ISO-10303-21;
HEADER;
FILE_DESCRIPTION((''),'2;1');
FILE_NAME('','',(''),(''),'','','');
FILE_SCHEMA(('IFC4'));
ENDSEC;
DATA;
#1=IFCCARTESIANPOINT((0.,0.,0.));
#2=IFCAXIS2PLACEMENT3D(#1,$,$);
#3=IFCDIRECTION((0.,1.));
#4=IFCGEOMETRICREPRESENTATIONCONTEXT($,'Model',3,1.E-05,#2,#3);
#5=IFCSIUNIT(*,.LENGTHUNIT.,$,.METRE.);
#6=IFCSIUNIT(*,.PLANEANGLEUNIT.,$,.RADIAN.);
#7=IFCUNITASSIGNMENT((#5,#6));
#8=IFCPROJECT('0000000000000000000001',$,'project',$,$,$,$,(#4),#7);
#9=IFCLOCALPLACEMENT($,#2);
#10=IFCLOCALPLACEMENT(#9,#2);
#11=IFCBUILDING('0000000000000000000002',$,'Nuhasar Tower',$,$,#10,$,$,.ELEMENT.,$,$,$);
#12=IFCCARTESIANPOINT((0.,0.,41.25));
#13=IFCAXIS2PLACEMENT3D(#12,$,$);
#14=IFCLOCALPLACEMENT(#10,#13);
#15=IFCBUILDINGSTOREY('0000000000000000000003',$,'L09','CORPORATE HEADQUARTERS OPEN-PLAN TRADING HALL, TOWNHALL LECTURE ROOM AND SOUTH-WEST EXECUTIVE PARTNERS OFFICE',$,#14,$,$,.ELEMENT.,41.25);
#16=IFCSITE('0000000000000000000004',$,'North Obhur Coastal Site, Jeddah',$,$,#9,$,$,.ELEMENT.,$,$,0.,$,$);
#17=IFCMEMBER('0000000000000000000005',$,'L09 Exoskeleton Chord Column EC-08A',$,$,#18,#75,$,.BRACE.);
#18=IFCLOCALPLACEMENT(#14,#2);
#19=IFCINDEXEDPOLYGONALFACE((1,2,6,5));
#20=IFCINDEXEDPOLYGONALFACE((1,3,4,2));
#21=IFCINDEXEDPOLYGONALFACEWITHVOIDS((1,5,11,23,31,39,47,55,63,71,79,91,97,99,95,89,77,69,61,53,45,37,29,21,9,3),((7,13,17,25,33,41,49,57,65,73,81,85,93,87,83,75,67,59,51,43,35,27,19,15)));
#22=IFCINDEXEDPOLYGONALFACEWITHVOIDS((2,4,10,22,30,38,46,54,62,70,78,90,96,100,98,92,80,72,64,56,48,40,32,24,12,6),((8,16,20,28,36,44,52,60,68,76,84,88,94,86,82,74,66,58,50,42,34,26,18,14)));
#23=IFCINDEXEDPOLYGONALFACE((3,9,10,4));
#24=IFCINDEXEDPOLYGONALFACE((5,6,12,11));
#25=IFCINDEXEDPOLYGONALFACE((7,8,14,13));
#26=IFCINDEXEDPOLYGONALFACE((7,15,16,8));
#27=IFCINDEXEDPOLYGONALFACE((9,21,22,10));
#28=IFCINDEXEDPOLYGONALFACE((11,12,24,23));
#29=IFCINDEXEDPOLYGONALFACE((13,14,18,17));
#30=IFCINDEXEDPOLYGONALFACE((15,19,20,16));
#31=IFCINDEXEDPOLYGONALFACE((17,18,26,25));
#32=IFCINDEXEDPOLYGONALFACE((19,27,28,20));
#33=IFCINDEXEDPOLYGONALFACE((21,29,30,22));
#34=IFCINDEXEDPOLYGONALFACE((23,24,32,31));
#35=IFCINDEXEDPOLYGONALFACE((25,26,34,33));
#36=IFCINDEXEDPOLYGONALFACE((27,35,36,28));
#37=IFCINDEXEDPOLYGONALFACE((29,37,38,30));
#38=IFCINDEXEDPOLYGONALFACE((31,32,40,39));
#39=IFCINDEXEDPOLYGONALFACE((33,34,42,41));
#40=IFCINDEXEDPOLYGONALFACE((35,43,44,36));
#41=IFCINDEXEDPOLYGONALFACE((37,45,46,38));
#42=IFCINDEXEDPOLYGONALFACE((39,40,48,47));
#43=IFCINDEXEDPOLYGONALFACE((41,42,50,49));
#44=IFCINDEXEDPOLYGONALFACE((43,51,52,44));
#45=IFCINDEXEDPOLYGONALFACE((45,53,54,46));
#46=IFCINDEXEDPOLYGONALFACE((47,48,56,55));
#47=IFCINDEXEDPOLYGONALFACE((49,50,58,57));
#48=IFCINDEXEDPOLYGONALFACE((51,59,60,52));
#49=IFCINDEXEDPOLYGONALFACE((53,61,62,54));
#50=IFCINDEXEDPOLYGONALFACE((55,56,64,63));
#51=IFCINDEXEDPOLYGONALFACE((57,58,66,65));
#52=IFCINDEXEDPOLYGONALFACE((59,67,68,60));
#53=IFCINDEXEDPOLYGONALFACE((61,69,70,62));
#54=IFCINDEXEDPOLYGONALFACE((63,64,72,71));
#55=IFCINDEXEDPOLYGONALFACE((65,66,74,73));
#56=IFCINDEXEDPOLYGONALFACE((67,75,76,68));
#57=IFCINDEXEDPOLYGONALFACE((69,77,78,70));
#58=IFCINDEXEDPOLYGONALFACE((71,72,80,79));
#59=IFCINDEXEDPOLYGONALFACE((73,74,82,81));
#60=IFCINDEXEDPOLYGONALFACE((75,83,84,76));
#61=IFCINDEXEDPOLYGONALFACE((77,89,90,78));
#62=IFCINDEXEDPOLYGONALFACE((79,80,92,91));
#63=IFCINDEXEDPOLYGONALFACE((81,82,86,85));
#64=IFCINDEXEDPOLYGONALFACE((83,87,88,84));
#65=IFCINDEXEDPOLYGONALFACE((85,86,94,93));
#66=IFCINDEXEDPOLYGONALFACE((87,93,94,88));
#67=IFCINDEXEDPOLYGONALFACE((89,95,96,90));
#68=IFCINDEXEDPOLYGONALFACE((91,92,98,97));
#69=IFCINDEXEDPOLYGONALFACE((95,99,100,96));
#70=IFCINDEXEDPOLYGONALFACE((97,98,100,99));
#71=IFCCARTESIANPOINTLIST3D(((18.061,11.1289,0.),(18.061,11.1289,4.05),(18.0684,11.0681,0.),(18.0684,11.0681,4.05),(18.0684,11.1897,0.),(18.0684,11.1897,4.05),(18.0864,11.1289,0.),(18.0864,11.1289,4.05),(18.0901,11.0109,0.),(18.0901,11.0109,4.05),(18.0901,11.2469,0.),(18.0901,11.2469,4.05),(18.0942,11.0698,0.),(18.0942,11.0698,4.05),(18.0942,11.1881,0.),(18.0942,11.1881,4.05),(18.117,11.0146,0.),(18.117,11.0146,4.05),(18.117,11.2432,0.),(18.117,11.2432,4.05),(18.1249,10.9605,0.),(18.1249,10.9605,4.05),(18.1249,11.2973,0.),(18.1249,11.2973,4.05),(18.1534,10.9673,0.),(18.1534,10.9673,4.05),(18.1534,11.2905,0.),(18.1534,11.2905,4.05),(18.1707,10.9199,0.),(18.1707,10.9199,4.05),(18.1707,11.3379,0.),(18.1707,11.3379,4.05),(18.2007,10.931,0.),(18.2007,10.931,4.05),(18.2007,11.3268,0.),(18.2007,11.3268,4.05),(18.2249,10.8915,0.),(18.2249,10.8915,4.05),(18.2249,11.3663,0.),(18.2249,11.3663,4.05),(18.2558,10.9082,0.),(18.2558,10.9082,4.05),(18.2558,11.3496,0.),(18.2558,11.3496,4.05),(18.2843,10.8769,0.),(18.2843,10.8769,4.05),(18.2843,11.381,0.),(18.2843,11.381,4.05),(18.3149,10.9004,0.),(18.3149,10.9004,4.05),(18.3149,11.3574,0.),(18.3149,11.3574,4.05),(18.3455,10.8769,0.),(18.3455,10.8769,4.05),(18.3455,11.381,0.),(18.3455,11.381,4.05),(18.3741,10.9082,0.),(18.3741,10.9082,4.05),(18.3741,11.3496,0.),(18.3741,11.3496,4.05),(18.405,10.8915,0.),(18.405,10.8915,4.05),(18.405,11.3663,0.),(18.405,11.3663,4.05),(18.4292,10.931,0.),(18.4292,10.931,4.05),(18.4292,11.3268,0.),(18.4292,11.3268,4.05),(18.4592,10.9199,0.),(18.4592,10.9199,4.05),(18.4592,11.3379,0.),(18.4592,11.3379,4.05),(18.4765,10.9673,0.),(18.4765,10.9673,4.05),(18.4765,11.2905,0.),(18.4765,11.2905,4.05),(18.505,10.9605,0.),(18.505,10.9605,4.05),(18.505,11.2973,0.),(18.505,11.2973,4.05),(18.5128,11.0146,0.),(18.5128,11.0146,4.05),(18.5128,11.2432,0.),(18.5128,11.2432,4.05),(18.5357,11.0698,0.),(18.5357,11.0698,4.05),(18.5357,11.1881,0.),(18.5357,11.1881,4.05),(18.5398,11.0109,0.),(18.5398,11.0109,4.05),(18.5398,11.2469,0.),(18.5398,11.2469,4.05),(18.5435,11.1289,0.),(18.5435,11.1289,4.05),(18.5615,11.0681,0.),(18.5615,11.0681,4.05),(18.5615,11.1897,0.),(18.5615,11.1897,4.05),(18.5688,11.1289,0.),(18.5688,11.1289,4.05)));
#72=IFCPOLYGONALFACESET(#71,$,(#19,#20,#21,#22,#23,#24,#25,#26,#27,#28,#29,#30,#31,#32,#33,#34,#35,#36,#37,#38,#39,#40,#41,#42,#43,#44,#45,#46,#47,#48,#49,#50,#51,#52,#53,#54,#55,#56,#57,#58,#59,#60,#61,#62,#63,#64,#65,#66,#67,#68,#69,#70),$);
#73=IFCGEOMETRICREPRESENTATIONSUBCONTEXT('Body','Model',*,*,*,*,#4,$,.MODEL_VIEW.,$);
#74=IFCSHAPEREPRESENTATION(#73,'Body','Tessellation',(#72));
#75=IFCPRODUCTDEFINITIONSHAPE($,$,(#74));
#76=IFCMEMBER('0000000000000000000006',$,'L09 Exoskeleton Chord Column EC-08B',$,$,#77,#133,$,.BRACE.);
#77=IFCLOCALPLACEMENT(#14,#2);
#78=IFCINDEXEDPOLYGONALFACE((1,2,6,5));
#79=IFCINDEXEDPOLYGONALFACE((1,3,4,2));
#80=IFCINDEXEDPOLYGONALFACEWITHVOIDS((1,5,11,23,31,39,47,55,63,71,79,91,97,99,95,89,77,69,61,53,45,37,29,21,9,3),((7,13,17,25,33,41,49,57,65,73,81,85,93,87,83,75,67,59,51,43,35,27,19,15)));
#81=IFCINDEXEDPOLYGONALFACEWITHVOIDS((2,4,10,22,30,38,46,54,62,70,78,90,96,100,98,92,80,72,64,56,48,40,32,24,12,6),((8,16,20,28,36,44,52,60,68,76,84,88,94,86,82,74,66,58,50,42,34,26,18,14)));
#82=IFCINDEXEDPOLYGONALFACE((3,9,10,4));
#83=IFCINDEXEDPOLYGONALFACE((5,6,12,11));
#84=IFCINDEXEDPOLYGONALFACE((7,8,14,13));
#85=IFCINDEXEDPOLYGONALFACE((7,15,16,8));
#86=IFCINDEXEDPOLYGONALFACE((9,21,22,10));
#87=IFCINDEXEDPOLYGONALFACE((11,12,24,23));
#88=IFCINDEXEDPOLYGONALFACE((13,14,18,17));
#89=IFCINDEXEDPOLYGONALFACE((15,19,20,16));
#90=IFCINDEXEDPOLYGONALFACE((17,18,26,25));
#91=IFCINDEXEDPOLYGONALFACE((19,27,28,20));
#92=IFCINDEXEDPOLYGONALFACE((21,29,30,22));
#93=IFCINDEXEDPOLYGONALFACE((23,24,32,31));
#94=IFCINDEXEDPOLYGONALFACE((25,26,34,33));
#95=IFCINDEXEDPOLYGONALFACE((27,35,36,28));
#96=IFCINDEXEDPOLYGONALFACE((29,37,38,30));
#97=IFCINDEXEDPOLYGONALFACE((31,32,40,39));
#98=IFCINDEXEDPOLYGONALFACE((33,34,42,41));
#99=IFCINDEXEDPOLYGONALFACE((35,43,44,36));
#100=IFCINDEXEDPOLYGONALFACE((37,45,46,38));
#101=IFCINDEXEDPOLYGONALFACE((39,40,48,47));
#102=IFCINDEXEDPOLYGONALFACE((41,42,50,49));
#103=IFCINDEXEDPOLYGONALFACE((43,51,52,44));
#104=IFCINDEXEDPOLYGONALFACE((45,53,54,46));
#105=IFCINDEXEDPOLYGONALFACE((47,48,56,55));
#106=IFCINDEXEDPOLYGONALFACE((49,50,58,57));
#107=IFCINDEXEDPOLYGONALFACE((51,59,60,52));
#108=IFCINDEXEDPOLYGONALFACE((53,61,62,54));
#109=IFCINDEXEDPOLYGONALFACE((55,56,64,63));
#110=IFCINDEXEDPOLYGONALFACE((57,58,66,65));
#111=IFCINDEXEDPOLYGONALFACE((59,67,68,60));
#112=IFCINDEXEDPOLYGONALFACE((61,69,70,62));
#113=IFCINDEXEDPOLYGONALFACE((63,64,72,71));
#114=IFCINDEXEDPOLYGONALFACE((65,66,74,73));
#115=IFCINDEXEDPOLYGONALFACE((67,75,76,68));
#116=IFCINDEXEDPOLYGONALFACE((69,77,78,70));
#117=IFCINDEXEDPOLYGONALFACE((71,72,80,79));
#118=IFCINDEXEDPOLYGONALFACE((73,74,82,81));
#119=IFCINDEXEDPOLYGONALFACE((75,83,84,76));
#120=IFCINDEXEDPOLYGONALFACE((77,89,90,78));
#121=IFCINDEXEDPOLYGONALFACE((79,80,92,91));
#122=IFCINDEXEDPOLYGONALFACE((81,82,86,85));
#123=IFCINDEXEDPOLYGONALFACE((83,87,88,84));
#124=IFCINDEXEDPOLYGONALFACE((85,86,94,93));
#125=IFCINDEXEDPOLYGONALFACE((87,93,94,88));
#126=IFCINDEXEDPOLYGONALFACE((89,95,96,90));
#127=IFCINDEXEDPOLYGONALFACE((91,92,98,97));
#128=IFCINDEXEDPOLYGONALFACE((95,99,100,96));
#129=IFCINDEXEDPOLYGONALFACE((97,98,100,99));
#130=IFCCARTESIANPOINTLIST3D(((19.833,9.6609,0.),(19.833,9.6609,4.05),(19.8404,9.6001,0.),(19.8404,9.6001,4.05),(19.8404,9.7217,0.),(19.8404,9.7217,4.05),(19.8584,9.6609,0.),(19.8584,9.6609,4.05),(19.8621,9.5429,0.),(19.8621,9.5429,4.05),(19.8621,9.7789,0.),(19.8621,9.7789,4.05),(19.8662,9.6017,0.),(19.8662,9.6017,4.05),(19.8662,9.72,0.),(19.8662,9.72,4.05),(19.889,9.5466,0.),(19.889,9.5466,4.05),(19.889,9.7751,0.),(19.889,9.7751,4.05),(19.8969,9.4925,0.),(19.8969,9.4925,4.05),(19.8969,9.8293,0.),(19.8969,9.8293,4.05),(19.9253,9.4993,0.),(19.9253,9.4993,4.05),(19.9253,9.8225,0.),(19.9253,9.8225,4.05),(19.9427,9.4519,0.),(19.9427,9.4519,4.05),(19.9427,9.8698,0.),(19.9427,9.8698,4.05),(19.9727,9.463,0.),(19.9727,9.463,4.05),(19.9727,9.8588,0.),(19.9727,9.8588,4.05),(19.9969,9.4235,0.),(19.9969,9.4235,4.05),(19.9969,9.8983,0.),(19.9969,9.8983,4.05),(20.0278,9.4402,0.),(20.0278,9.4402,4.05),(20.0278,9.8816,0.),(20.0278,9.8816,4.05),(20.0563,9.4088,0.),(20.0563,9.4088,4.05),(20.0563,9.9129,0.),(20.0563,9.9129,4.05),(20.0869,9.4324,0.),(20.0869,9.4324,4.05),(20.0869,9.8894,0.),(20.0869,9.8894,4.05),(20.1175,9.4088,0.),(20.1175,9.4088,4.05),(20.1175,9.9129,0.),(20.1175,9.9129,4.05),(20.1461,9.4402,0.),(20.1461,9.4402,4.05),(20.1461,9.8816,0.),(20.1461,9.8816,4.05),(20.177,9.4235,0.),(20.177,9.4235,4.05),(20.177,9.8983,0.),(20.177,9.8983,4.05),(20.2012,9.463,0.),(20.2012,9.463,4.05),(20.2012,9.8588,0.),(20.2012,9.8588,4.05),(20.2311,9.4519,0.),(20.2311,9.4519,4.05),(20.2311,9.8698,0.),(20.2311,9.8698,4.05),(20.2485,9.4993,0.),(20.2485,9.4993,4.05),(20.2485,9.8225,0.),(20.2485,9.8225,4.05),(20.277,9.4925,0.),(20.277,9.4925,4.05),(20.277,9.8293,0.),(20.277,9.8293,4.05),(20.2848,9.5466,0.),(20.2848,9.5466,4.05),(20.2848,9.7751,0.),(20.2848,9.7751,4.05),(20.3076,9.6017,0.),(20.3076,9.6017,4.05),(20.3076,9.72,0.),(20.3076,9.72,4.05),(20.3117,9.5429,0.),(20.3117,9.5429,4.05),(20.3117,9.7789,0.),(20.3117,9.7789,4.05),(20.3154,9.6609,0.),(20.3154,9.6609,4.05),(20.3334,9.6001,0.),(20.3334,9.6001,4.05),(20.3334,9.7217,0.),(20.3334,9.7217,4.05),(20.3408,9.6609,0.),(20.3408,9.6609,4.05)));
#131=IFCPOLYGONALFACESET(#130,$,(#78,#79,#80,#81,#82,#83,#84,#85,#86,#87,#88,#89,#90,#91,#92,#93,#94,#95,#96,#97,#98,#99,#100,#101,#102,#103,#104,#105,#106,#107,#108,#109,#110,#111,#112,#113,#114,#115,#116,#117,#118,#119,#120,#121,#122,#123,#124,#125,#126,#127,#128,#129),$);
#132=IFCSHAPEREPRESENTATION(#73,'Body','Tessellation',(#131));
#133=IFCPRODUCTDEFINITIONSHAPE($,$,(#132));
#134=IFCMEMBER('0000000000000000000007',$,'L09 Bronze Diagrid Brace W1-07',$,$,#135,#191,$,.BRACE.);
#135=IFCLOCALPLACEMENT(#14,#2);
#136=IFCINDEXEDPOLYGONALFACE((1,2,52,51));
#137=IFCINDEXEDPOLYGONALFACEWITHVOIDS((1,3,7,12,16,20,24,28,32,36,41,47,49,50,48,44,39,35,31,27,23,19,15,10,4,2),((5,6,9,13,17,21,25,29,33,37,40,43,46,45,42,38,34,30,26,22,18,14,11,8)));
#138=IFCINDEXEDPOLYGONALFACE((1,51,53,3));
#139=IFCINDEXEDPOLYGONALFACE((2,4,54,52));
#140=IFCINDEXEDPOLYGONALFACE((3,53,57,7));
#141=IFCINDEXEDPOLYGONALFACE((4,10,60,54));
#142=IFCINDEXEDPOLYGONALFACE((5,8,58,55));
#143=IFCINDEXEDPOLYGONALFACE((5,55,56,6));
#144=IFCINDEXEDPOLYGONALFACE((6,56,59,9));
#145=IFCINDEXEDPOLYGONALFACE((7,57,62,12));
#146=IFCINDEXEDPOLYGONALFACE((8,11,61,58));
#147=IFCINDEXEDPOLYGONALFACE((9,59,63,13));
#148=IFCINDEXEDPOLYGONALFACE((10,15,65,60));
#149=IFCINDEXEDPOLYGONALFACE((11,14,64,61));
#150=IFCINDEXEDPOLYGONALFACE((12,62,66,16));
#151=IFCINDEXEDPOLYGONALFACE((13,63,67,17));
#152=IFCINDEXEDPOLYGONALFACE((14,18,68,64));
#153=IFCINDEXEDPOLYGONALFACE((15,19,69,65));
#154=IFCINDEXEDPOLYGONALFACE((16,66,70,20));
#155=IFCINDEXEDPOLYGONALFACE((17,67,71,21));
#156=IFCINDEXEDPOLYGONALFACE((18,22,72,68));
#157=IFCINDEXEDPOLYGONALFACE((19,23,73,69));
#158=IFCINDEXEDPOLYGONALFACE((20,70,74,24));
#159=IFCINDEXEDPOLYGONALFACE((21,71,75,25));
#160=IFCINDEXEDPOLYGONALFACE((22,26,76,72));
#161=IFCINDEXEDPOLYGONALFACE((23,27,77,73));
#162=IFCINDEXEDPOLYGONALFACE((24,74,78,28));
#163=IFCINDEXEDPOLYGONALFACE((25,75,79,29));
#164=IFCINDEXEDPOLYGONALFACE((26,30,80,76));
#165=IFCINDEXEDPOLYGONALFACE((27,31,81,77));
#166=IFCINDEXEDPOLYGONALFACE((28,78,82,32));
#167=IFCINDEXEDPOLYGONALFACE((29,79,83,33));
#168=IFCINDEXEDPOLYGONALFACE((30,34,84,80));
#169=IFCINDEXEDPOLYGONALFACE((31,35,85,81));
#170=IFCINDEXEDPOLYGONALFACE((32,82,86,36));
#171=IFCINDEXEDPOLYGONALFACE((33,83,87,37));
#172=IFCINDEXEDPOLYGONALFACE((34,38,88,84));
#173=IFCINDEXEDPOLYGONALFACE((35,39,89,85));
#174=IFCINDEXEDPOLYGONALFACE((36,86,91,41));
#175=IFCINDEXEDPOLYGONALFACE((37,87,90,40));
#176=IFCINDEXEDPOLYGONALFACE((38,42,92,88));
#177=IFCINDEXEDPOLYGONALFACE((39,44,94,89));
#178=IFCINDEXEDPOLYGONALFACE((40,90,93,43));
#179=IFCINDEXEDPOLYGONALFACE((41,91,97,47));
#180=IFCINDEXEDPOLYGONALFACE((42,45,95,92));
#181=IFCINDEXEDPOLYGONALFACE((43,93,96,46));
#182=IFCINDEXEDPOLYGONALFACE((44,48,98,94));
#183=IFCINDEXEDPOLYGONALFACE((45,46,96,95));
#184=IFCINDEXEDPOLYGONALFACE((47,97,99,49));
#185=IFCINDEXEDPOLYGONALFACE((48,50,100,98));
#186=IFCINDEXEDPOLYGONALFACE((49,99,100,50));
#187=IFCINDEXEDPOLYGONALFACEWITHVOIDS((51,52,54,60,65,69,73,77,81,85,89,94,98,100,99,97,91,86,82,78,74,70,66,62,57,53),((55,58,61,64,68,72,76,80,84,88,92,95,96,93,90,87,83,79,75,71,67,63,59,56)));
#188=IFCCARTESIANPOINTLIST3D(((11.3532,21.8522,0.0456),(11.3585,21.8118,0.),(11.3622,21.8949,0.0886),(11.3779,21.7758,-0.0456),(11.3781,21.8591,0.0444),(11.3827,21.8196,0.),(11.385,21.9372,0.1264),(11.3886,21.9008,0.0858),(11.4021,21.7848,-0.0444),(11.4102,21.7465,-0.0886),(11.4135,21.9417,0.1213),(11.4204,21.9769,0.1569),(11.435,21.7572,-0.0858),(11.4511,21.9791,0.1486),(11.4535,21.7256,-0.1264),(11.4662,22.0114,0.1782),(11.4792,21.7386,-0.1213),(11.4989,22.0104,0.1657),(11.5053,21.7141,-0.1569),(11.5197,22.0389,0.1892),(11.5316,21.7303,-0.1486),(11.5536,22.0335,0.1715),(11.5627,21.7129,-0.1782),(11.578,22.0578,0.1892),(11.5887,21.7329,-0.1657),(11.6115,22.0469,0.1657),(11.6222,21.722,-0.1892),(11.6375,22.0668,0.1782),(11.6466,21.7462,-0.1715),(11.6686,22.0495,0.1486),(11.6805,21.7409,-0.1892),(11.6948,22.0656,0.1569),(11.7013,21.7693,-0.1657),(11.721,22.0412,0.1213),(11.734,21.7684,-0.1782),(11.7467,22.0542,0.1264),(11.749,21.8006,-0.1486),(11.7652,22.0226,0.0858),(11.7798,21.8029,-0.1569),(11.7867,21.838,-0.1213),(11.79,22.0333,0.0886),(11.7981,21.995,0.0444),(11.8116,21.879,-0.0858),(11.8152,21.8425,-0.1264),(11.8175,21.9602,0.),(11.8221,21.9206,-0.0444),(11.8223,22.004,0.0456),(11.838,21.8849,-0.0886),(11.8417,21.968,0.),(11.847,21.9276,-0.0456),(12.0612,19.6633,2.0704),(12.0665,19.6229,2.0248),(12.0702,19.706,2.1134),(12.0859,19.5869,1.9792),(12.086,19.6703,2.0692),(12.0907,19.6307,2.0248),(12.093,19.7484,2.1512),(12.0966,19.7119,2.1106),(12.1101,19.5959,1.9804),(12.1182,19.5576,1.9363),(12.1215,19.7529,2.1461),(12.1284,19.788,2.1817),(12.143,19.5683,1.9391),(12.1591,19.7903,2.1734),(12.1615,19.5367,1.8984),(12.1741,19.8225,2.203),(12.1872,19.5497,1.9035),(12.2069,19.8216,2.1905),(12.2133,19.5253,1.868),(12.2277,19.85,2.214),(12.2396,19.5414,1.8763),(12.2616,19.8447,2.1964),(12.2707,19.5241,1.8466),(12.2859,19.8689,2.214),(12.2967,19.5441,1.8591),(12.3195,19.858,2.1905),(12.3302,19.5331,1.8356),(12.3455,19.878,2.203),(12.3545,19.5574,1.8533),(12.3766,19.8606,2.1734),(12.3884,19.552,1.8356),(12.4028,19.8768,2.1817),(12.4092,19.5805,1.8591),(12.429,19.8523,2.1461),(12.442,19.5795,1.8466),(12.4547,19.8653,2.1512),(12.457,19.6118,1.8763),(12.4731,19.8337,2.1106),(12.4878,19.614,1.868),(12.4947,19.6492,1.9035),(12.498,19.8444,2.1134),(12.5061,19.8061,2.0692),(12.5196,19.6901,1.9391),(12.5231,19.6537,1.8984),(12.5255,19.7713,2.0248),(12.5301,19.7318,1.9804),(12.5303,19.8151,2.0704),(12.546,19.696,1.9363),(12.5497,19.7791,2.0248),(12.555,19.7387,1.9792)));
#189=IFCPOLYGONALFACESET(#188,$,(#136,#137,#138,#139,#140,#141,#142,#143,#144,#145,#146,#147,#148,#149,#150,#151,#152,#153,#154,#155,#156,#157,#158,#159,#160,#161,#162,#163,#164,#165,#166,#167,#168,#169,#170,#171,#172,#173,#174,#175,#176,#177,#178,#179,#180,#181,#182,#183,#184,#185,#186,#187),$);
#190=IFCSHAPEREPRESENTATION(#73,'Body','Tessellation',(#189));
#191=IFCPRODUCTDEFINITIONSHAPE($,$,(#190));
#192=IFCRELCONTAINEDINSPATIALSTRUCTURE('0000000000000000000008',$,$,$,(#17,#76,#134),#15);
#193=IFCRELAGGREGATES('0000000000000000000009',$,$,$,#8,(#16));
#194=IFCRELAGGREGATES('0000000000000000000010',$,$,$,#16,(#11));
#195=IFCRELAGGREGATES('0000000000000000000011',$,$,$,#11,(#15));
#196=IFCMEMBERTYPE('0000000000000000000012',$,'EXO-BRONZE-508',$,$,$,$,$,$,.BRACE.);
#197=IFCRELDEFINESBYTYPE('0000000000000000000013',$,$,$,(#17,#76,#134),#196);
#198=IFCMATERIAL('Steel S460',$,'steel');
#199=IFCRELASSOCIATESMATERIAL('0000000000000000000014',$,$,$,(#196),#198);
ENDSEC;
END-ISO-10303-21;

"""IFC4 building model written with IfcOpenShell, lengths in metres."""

from ifc_helpers import new_model, si_unit, direction, frame, origin, origin_2d, place, context, subcontext, project, spatial, hollow_circle, extrude, material, material_profile, profile_set, type_object, element, save


model = new_model("IFC4")

# Units and contexts
model_context = context("Model", 3, precision=1e-05, world=origin(), true_north=direction((0.0, 1.0)))
body_context = subcontext(model_context, "Body", "Model", "MODEL_VIEW")
ifc_project = project(units=[si_unit("LENGTHUNIT", "METRE"), si_unit("PLANEANGLEUNIT", "RADIAN")], contexts=[model_context])

# Site, building, storey
site_placement = place(None, origin())
site = spatial("IfcSite", under=ifc_project, at=site_placement, Name="North Obhur Coastal Site, Jeddah", CompositionType="ELEMENT", RefElevation=0.0)
building_placement = place(site_placement, origin())
building = spatial("IfcBuilding", under=site, at=building_placement, Name="Nuhasar Tower", CompositionType="ELEMENT")
storey_placement = place(building_placement, frame((0.0, 0.0, 41.25)))
storey = spatial("IfcBuildingStorey", under=building, at=storey_placement, Name="L09", Description="CORPORATE HEADQUARTERS OPEN-PLAN TRADING HALL, TOWNHALL LECTURE ROOM AND SOUTH-WEST EXECUTIVE PARTNERS OFFICE", CompositionType="ELEMENT", Elevation=41.25)

# Members
ifc_material_1 = material(Name="Steel S460", Category="steel")
ifc_material_profile_1 = material_profile(ifc_material_1, hollow_circle(Radius=0.2539, WallThickness=0.0254, at=origin_2d()), Name="HSS508X25.4")
ifc_profile_set_1 = profile_set([ifc_material_profile_1], Name="Steel S460")
member_type_1 = type_object("IfcMemberType", Name="EXO-BRONZE-508", PredefinedType="BRACE", material=ifc_profile_set_1)
for number, where, z_axis, x_axis, name in (
    (1, (18.3149, 11.1289, 0.0), (0.0, 0.0, 1.0), (1.0, 0.0, 0.0), "L09 Exoskeleton Chord Column EC-08A"),
    (2, (20.0869, 9.6609, 0.0), (0.0, 0.0, 1.0), (1.0, 0.0, 0.0), "L09 Exoskeleton Chord Column EC-08B"),
):
    element("IfcMember", number, at=place(storey_placement, frame(where, z_axis=z_axis, x_axis=x_axis)), inside=storey, type_object=member_type_1, Name=name, PredefinedType="BRACE", context=body_context, shape_type="SweptSolid", body=[
        extrude(hollow_circle(Radius=0.2539, WallThickness=0.0254, at=origin_2d()), origin(), (0.0, 0.0, 1.0), 4.05),
    ])
member_1_placement = place(storey_placement, frame((11.6001, 21.8899, 0.0), z_axis=(0.231012, -0.714225, 0.660694), x_axis=(0.951468, 0.307747, 0.0)))
element("IfcMember", 3, at=member_1_placement, inside=storey, type_object=member_type_1, Name="L09 Bronze Diagrid Brace W1-07", PredefinedType="BRACE", context=body_context, shape_type="SweptSolid", body=[
    extrude(hollow_circle(Radius=0.2539, WallThickness=0.0254, at=origin_2d()), origin(), (0.0, 0.0, 1.0), 3.0647),
])

save(model, "model.ifc")
